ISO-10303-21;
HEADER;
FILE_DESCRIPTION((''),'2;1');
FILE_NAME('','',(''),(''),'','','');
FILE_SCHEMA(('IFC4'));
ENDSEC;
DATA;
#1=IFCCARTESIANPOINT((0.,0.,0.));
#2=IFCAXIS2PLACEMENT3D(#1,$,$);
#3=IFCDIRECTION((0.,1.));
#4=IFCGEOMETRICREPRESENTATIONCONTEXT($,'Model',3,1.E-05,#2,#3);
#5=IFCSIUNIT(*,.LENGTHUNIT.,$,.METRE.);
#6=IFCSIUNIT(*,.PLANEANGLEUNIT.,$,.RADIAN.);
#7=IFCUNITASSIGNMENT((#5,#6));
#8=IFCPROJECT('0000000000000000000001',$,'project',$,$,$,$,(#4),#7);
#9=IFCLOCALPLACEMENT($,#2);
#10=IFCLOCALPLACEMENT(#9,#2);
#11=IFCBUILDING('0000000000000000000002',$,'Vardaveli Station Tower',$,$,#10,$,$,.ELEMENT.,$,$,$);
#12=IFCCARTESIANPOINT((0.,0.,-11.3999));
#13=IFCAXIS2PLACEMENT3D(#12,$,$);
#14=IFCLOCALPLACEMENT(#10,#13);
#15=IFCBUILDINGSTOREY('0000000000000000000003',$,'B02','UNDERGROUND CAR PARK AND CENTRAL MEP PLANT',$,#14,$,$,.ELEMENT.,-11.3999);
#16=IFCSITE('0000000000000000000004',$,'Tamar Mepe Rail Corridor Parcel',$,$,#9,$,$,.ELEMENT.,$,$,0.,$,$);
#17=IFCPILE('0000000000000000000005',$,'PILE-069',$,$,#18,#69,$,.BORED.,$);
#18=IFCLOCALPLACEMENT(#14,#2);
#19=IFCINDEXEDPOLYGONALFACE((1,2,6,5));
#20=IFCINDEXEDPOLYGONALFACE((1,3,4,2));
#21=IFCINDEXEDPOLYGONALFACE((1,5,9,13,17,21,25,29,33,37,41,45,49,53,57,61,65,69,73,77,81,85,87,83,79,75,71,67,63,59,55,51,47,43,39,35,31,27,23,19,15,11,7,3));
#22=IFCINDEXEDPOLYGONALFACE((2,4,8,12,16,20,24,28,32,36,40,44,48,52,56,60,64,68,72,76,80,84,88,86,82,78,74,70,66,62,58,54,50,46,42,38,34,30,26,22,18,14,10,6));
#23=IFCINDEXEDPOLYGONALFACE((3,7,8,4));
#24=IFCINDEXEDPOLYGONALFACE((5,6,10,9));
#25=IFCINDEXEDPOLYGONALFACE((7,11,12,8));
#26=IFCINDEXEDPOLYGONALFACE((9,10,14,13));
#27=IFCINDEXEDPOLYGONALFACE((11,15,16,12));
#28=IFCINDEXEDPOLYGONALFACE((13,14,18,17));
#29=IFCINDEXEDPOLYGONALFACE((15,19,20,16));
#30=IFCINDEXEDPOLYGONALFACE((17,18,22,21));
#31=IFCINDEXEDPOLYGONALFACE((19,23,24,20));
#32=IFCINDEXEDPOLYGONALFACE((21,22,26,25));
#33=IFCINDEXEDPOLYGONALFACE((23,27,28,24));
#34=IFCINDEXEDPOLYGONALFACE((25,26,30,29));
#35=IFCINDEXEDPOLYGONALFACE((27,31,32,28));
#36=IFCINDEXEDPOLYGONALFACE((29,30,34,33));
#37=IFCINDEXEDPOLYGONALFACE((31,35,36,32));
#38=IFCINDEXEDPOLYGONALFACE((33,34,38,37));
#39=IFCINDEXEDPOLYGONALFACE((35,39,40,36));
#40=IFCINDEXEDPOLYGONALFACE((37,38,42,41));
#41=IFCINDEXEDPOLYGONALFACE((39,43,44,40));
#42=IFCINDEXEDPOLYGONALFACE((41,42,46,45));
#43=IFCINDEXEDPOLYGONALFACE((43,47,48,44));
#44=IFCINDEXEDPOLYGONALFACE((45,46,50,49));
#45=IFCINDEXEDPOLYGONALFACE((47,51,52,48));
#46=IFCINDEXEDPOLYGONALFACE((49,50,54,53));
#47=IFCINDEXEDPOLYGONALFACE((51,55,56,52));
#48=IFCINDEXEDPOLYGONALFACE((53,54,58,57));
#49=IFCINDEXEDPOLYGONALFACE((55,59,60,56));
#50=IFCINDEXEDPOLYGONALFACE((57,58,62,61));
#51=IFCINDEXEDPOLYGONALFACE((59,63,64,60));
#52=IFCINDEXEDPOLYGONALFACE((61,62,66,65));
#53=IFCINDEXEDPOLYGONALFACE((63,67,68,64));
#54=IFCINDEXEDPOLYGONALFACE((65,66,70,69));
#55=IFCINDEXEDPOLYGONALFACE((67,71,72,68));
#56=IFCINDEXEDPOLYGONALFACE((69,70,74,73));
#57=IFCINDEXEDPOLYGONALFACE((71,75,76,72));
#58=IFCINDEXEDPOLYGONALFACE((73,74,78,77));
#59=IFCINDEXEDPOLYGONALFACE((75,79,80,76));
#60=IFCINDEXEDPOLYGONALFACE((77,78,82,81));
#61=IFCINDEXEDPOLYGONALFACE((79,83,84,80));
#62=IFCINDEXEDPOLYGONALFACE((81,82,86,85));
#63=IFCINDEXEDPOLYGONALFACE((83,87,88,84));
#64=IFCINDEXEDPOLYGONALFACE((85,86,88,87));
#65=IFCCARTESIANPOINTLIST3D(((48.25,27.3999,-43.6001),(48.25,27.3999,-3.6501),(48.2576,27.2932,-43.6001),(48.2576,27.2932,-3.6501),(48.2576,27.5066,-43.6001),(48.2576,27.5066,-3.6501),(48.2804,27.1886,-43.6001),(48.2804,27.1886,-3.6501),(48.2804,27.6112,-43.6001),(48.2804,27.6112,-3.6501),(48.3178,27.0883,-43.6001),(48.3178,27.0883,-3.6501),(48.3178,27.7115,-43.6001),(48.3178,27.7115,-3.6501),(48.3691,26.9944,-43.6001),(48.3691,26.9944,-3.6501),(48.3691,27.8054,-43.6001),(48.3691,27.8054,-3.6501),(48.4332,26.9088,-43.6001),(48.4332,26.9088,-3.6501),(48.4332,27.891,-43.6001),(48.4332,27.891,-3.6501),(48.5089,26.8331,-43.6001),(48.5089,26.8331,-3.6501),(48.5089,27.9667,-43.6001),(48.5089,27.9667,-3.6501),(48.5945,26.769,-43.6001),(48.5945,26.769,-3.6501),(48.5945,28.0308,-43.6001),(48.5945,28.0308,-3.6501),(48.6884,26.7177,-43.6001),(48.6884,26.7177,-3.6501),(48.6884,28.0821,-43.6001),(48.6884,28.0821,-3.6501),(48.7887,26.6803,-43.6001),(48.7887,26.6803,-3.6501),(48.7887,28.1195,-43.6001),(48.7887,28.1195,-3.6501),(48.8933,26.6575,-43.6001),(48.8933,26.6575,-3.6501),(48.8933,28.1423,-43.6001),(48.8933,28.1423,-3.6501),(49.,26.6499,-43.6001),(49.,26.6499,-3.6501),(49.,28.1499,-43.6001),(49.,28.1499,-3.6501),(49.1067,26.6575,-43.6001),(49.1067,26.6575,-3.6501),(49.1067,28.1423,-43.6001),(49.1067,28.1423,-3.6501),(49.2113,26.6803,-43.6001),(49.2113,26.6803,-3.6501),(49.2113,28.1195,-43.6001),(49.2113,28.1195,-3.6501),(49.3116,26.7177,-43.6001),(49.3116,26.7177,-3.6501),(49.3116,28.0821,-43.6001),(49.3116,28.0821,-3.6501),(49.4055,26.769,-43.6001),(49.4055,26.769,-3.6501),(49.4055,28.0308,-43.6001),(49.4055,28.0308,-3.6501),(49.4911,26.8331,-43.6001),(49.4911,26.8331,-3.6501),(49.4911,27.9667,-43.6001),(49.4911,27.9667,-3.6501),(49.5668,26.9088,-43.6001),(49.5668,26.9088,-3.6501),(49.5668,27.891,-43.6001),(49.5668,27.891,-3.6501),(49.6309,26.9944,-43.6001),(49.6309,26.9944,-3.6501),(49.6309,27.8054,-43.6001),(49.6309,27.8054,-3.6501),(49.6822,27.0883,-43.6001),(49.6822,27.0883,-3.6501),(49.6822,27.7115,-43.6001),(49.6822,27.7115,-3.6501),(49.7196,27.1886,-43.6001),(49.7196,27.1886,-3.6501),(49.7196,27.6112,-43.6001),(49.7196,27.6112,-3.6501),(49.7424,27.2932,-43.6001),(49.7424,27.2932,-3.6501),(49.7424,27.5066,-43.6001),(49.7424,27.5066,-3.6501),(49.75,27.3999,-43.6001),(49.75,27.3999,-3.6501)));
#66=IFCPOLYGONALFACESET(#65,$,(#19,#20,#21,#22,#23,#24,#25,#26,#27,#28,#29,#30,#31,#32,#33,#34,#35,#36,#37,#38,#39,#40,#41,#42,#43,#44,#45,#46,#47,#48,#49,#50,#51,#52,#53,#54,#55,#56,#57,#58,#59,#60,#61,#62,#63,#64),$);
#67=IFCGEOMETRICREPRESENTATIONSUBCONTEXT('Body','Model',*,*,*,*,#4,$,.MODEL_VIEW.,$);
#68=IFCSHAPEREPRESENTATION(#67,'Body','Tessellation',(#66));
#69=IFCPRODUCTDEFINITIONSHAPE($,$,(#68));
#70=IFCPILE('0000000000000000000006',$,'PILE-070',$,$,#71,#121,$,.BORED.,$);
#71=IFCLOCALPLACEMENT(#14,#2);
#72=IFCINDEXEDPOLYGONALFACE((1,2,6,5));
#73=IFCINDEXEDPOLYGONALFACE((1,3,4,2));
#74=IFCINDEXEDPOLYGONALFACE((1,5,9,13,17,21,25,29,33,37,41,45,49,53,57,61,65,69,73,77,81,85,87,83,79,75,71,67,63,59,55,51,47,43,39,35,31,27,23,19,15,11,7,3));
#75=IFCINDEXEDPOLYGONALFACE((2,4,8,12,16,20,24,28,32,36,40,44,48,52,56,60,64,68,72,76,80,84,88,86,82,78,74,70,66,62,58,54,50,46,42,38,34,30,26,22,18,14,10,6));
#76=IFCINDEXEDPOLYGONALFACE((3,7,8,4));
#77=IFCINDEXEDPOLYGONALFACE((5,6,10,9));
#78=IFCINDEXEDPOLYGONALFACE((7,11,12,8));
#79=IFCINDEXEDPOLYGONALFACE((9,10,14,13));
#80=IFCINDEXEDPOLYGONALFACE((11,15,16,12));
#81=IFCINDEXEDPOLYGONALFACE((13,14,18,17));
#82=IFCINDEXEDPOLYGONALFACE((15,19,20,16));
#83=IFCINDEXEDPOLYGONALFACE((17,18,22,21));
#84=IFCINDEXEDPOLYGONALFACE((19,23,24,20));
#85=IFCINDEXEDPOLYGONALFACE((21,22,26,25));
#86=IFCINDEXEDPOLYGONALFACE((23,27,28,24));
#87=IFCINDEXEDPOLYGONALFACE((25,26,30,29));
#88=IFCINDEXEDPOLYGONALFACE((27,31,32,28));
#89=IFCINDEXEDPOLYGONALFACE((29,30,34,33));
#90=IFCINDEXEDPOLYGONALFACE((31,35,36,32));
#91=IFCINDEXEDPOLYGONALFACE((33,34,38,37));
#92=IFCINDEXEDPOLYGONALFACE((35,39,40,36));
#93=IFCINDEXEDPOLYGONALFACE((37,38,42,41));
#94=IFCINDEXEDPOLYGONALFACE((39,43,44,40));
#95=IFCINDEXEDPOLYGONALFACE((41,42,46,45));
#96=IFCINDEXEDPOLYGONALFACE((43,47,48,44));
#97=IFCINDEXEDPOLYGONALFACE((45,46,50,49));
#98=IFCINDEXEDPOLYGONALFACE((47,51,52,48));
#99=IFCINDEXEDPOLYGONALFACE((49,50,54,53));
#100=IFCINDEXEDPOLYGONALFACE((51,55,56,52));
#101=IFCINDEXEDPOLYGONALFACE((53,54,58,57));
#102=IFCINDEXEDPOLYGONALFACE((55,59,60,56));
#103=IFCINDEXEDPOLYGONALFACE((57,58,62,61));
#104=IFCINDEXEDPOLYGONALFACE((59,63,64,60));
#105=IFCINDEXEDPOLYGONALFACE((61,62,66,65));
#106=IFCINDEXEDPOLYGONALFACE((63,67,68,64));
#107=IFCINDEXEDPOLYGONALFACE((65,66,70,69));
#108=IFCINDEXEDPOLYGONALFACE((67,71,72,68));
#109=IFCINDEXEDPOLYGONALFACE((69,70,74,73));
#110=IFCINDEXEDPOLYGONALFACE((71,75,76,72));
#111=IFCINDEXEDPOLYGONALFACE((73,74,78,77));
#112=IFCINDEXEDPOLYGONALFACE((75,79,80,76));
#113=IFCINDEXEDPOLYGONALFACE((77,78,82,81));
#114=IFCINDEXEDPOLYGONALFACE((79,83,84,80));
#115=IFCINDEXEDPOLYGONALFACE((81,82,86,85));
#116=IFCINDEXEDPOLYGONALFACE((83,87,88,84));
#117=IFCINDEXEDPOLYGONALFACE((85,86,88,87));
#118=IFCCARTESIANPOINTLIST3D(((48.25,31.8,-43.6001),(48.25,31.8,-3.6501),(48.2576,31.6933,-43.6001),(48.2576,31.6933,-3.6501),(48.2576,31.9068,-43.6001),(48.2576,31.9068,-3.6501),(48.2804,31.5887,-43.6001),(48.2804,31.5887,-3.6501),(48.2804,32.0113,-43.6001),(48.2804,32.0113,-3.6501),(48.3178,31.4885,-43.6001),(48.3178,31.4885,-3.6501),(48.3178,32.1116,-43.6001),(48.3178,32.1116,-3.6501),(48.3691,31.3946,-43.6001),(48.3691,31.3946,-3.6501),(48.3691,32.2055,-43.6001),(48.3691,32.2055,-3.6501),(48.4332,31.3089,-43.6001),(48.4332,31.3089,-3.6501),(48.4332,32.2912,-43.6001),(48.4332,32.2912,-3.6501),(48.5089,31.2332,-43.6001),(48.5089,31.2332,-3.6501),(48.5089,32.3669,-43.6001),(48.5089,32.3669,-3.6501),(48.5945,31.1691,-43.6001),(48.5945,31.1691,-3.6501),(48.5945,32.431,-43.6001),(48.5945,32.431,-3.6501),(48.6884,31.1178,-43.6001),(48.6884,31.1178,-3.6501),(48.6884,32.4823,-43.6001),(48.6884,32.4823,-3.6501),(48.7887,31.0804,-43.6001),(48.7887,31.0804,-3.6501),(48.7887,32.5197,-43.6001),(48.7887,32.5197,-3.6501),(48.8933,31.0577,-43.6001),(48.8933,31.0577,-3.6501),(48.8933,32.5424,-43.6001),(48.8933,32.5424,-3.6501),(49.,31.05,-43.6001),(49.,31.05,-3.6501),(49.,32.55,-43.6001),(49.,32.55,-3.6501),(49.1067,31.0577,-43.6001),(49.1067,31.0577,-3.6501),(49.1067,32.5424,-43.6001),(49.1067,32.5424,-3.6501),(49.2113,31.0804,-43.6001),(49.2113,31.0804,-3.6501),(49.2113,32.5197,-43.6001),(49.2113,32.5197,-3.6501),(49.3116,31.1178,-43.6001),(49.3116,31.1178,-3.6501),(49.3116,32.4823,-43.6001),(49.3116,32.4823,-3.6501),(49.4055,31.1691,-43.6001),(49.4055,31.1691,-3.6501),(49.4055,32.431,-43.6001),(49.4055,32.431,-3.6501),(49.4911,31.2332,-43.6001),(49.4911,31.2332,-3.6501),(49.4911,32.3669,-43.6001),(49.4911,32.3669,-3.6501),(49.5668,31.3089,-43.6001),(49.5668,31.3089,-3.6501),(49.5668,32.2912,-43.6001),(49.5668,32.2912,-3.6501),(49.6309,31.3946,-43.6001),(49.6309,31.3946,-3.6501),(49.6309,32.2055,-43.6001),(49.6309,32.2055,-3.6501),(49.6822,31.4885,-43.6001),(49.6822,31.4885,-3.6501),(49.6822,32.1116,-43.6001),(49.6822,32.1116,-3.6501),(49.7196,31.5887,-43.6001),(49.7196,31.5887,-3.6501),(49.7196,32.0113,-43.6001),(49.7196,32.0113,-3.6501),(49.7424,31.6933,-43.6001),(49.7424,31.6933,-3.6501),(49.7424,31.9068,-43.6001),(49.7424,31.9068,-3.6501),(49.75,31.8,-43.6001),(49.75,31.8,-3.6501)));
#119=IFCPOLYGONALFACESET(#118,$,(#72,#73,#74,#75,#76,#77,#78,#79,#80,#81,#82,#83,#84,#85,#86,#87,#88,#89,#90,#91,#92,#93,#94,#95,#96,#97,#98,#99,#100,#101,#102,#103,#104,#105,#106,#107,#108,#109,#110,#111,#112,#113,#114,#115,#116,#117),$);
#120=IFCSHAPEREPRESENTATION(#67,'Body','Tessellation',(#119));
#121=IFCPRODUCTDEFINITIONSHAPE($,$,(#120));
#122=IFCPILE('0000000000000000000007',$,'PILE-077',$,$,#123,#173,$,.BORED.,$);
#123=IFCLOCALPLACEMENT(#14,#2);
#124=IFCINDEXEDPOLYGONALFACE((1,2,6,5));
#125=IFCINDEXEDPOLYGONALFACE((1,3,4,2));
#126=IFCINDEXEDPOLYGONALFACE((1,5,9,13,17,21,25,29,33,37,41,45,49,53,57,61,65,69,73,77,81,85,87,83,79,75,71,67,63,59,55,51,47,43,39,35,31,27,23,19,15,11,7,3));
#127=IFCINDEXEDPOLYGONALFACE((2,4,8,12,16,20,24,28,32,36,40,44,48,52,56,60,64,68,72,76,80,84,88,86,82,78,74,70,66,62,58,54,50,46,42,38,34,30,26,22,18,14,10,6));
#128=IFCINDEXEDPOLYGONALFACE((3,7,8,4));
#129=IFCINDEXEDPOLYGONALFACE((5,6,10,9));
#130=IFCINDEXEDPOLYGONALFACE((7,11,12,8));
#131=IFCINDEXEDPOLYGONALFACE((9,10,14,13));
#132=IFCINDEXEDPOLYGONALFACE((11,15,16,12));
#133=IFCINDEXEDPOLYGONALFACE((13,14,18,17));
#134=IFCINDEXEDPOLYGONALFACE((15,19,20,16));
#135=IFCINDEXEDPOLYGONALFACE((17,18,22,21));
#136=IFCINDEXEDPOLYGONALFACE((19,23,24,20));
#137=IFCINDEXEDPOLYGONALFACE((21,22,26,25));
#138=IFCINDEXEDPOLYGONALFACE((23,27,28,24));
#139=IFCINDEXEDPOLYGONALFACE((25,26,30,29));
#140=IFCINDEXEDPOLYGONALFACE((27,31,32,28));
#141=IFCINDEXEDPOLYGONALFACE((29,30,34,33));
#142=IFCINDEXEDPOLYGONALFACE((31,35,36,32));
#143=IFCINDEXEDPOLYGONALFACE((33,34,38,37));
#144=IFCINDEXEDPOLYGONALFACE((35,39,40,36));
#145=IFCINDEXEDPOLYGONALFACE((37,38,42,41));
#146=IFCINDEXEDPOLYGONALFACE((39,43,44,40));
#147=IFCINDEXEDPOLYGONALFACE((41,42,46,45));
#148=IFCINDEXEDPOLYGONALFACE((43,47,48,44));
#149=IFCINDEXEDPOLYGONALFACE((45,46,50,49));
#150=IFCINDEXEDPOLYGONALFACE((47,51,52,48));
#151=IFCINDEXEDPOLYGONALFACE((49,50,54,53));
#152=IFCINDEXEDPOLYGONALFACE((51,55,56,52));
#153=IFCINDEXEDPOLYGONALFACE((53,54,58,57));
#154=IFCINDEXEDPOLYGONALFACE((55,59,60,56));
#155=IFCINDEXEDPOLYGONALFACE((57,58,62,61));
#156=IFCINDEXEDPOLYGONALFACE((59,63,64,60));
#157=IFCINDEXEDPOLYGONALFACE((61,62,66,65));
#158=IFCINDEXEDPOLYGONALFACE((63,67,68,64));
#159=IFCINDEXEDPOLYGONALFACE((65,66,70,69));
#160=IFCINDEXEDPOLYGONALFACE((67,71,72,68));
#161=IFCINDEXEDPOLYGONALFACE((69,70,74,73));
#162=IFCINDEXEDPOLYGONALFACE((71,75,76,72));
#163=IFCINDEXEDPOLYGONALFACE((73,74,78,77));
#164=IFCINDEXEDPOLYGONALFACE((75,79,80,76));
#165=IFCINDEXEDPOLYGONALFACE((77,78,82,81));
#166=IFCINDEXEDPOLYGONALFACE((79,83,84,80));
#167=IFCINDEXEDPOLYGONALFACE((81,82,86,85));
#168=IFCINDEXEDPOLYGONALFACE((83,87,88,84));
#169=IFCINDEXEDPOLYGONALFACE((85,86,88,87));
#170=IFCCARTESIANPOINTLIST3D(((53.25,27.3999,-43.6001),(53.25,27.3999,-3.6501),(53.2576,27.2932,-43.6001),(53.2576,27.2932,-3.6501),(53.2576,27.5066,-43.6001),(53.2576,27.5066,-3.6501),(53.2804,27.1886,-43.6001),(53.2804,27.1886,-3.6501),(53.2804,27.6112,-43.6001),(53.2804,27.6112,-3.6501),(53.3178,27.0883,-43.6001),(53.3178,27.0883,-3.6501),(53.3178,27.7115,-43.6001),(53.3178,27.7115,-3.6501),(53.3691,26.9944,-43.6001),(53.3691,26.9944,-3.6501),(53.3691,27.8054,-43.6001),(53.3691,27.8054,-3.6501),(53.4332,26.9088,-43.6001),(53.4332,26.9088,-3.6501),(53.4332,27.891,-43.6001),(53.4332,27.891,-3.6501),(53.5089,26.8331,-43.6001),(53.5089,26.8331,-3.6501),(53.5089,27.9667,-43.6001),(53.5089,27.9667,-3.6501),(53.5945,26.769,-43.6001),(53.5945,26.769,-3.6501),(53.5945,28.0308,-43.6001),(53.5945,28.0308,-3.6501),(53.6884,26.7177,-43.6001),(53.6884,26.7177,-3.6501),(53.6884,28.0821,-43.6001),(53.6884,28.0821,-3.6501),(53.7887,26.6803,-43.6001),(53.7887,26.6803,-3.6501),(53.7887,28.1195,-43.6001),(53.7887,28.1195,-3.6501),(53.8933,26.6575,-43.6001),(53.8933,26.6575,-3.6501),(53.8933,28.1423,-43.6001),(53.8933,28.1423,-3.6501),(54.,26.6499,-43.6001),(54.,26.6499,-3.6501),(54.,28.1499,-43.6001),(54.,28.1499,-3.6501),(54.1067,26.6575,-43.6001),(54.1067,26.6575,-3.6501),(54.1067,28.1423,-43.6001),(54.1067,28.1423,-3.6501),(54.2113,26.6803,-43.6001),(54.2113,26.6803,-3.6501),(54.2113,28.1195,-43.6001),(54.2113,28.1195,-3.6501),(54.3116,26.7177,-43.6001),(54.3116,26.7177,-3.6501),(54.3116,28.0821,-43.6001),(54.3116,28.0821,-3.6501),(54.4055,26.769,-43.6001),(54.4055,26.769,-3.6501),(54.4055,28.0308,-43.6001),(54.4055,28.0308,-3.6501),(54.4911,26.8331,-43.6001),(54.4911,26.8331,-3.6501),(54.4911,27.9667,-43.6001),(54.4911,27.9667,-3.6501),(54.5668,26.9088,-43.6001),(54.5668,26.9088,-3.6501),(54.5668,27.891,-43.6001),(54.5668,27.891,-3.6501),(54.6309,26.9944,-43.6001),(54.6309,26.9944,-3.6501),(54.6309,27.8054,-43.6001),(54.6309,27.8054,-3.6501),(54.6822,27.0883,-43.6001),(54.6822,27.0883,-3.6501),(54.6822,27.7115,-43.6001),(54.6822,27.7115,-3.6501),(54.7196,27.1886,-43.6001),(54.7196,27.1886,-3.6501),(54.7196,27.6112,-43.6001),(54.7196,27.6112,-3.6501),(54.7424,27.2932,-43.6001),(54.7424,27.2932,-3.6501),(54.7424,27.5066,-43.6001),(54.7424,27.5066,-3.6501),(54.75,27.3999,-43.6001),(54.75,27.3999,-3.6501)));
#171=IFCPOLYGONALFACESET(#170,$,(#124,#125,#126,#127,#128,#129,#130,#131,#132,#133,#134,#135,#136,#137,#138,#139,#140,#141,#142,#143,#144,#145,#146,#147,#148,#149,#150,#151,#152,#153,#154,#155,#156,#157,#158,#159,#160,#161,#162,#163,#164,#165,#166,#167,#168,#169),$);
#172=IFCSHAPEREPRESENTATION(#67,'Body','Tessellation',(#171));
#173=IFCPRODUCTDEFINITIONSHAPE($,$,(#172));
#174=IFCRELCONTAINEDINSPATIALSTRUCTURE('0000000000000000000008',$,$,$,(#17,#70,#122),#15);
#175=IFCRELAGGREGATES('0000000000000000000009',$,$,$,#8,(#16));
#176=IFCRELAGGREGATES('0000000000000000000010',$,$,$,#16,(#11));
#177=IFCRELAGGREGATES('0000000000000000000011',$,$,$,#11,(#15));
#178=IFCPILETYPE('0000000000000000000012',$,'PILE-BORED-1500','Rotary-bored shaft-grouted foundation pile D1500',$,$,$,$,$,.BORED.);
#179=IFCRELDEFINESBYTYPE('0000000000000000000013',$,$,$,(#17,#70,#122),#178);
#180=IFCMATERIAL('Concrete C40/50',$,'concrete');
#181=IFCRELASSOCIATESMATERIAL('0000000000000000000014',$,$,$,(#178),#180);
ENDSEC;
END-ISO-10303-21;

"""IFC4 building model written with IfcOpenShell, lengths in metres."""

from ifc_helpers import new_model, si_unit, direction, frame, origin, origin_2d, place, context, subcontext, project, spatial, circle, extrude, source, transform, mapped, material, material_profile, profile_set, type_object, element, save


model = new_model("IFC4")

# Units and contexts
model_context = context("Model", 3, precision=1e-05, world=origin(), true_north=direction((0.0, 1.0)))
body_context = subcontext(model_context, "Body", "Model", "MODEL_VIEW")
ifc_project = project(units=[si_unit("LENGTHUNIT", "METRE"), si_unit("PLANEANGLEUNIT", "RADIAN")], contexts=[model_context])

# Site, building, storey
site_placement = place(None, origin())
site = spatial("IfcSite", under=ifc_project, at=site_placement, Name="Tamar Mepe Rail Corridor Parcel", CompositionType="ELEMENT", RefElevation=0.0)
building_placement = place(site_placement, origin())
building = spatial("IfcBuilding", under=site, at=building_placement, Name="Vardaveli Station Tower", CompositionType="ELEMENT")
storey_placement = place(building_placement, frame((0.0, 0.0, -11.3999)))
storey = spatial("IfcBuildingStorey", under=building, at=storey_placement, Name="B02", Description="UNDERGROUND CAR PARK AND CENTRAL MEP PLANT", CompositionType="ELEMENT", Elevation=-11.3999)

# Piles
ifc_material_1 = material(Name="Concrete C40/50", Category="concrete")
ifc_material_profile_1 = material_profile(ifc_material_1, circle(Radius=0.75, at=origin_2d()), Name="PILE D1500")
ifc_profile_set_1 = profile_set([ifc_material_profile_1], Name="Concrete C40/50")
pile_type = type_object("IfcPileType", Name="PILE-BORED-1500", Description="Rotary-bored shaft-grouted foundation pile D1500", PredefinedType="BORED", material=ifc_profile_set_1)
shared_shape_1 = source(origin(), body_context, "Body", "SweptSolid", [
    extrude(circle(Radius=0.75, at=origin_2d()), origin(), (0.0, 0.0, 1.0), 39.95),
])
for number, where, z_axis, x_axis, name in (
    (1, (49.0, 27.3999, -3.6501), (0.0, 0.0, -1.0), (1.0, 0.0, 0.0), "PILE-069"),
    (2, (49.0, 31.8, -3.6501), (0.0, 0.0, -1.0), (1.0, 0.0, 0.0), "PILE-070"),
    (3, (54.0, 27.3999, -3.6501), (0.0, 0.0, -1.0), (1.0, 0.0, 0.0), "PILE-077"),
):
    element("IfcPile", number, at=place(storey_placement, frame(where, z_axis=z_axis, x_axis=x_axis)), inside=storey, type_object=pile_type, Name=name, PredefinedType="BORED", context=body_context, shape_type="MappedRepresentation", body=[
        mapped(shared_shape_1, transform((0.0, 0.0, 0.0), scale=1.0)),
    ])

save(model, "model.ifc")
